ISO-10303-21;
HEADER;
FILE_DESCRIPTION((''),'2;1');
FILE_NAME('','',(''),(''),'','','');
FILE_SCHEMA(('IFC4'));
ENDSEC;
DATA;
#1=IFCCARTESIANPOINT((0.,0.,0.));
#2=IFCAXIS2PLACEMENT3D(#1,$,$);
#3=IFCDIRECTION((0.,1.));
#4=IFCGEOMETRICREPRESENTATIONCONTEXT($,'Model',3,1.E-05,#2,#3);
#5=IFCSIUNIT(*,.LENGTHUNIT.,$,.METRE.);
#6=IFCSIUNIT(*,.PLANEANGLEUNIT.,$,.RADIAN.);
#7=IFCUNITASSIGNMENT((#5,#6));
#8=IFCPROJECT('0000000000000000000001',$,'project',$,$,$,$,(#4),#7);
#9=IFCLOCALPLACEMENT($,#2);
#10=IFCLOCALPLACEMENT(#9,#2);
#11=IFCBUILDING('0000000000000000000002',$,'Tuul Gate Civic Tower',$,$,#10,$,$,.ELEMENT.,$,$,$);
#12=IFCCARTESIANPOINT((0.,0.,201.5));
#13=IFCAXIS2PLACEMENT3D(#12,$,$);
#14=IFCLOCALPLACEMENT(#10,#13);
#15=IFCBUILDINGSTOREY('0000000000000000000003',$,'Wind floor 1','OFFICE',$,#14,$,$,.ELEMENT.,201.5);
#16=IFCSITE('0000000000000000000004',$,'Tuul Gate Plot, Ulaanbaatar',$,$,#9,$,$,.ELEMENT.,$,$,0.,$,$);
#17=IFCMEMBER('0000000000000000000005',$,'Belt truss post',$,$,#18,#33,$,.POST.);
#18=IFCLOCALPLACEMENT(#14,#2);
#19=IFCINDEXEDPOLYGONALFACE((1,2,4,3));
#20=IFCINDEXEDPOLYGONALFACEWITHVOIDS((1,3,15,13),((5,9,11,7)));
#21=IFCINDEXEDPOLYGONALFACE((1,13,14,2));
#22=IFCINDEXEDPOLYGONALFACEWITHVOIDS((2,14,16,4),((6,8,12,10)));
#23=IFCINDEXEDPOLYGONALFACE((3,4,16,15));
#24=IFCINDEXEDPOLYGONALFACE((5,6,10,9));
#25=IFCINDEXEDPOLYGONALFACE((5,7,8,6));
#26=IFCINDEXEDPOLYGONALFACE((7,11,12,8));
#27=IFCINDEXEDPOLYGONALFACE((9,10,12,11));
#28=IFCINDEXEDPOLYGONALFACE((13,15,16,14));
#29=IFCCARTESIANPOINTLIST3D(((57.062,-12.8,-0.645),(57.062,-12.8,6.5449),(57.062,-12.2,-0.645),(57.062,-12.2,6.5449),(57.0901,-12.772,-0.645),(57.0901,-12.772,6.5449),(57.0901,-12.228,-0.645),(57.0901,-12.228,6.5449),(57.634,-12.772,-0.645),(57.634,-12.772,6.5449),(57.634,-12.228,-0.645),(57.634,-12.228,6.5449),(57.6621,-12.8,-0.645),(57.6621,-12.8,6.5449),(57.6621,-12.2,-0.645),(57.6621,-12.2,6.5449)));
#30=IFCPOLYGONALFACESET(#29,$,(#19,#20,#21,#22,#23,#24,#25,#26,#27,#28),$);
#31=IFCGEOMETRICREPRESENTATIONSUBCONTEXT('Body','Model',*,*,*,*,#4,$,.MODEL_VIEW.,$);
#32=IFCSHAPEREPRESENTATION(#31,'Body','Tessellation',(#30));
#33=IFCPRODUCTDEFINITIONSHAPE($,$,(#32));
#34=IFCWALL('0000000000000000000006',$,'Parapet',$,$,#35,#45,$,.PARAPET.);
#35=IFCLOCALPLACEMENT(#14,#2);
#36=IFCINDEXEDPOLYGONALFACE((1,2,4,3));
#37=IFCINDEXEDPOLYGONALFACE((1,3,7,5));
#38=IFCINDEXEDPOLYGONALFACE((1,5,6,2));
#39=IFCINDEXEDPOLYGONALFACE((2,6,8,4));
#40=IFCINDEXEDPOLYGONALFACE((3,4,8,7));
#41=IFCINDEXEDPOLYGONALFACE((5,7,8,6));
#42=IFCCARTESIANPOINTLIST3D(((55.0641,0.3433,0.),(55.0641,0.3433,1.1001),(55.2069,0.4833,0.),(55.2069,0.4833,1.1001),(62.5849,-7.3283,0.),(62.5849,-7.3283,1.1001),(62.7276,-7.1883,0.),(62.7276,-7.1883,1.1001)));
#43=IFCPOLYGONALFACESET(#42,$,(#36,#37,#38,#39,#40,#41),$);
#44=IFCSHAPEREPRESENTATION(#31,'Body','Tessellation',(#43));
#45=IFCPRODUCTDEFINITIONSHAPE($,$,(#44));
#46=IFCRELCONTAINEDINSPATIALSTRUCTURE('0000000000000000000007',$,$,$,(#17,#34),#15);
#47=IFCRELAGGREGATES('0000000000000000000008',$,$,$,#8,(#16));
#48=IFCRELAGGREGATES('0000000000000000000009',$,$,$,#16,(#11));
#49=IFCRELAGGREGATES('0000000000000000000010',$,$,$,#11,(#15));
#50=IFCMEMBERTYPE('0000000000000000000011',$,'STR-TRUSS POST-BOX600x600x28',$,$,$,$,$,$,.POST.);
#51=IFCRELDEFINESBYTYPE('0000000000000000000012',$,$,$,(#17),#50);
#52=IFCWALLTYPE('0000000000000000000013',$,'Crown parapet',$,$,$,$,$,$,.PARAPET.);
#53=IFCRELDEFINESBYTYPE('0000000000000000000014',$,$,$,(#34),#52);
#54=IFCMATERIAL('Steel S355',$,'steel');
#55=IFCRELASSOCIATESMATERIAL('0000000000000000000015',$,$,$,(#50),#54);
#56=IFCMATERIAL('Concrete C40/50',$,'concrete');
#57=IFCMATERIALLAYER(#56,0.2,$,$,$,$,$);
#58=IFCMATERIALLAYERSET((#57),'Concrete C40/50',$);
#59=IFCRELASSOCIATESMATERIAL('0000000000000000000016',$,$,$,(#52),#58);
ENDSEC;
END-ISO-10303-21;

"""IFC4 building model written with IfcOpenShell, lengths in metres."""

from ifc_helpers import new_model, si_unit, direction, frame, frame_2d, origin, origin_2d, place, context, subcontext, project, spatial, rectangle, hollow_rectangle, extrude, material, layer, layer_set, material_profile, profile_set, type_object, element, save


model = new_model("IFC4")

# Units and contexts
model_context = context("Model", 3, precision=1e-05, world=origin(), true_north=direction((0.0, 1.0)))
body_context = subcontext(model_context, "Body", "Model", "MODEL_VIEW")
ifc_project = project(units=[si_unit("LENGTHUNIT", "METRE"), si_unit("PLANEANGLEUNIT", "RADIAN")], contexts=[model_context])

# Site, building, storey
site_placement = place(None, origin())
site = spatial("IfcSite", under=ifc_project, at=site_placement, Name="Tuul Gate Plot, Ulaanbaatar", CompositionType="ELEMENT", RefElevation=0.0)
building_placement = place(site_placement, origin())
building = spatial("IfcBuilding", under=site, at=building_placement, Name="Tuul Gate Civic Tower", CompositionType="ELEMENT")
storey_placement = place(building_placement, frame((0.0, 0.0, 201.5)))
storey = spatial("IfcBuildingStorey", under=building, at=storey_placement, Name="Wind floor 1", Description="OFFICE", CompositionType="ELEMENT", Elevation=201.5)

# Member
ifc_material_1 = material(Name="Steel S355", Category="steel")
ifc_material_profile_1 = material_profile(ifc_material_1, hollow_rectangle(XDim=0.6001, YDim=0.6001, WallThickness=0.0281, at=origin_2d()), Name="BOX600x600x28")
ifc_profile_set_1 = profile_set([ifc_material_profile_1], Name="Steel S355")
member_type_1 = type_object("IfcMemberType", Name="STR-TRUSS POST-BOX600x600x28", PredefinedType="POST", material=ifc_profile_set_1)
for number, where, z_axis, x_axis, name in (
    (1, (57.3621, -12.5, -0.645), (0.0, 0.0, 1.0), (1.0, 0.0, 0.0), "Belt truss post"),
):
    element("IfcMember", number, at=place(storey_placement, frame(where, z_axis=z_axis, x_axis=x_axis)), inside=storey, type_object=member_type_1, Name=name, PredefinedType="POST", context=body_context, shape_type="SweptSolid", body=[
        extrude(hollow_rectangle(XDim=0.6001, YDim=0.6001, WallThickness=0.0281, at=origin_2d()), origin(), (0.0, 0.0, 1.0), 7.1899),
    ])

# Wall
ifc_material_2 = material(Name="Concrete C40/50", Category="concrete")
ifc_layer = layer(ifc_material_2, 0.2)
ifc_layer_set = layer_set([ifc_layer], Name="Concrete C40/50")
wall_type = type_object("IfcWallType", Name="Crown parapet", PredefinedType="PARAPET", material=ifc_layer_set)
wall_placement = place(storey_placement, frame((62.6562, -7.2583, 0.0), z_axis=(0.0, 0.0, 1.0), x_axis=(-0.70005, 0.714094, 0.0)))
element("IfcWall", 2, at=wall_placement, inside=storey, type_object=wall_type, Name="Parapet", PredefinedType="PARAPET", context=body_context, shape_type="SweptSolid", body=[
    extrude(rectangle(XDim=10.7432, YDim=0.2, at=frame_2d((5.3716, 0.0))), origin(), (0.0, 0.0, 1.0), 1.1001),
])

save(model, "model.ifc")
